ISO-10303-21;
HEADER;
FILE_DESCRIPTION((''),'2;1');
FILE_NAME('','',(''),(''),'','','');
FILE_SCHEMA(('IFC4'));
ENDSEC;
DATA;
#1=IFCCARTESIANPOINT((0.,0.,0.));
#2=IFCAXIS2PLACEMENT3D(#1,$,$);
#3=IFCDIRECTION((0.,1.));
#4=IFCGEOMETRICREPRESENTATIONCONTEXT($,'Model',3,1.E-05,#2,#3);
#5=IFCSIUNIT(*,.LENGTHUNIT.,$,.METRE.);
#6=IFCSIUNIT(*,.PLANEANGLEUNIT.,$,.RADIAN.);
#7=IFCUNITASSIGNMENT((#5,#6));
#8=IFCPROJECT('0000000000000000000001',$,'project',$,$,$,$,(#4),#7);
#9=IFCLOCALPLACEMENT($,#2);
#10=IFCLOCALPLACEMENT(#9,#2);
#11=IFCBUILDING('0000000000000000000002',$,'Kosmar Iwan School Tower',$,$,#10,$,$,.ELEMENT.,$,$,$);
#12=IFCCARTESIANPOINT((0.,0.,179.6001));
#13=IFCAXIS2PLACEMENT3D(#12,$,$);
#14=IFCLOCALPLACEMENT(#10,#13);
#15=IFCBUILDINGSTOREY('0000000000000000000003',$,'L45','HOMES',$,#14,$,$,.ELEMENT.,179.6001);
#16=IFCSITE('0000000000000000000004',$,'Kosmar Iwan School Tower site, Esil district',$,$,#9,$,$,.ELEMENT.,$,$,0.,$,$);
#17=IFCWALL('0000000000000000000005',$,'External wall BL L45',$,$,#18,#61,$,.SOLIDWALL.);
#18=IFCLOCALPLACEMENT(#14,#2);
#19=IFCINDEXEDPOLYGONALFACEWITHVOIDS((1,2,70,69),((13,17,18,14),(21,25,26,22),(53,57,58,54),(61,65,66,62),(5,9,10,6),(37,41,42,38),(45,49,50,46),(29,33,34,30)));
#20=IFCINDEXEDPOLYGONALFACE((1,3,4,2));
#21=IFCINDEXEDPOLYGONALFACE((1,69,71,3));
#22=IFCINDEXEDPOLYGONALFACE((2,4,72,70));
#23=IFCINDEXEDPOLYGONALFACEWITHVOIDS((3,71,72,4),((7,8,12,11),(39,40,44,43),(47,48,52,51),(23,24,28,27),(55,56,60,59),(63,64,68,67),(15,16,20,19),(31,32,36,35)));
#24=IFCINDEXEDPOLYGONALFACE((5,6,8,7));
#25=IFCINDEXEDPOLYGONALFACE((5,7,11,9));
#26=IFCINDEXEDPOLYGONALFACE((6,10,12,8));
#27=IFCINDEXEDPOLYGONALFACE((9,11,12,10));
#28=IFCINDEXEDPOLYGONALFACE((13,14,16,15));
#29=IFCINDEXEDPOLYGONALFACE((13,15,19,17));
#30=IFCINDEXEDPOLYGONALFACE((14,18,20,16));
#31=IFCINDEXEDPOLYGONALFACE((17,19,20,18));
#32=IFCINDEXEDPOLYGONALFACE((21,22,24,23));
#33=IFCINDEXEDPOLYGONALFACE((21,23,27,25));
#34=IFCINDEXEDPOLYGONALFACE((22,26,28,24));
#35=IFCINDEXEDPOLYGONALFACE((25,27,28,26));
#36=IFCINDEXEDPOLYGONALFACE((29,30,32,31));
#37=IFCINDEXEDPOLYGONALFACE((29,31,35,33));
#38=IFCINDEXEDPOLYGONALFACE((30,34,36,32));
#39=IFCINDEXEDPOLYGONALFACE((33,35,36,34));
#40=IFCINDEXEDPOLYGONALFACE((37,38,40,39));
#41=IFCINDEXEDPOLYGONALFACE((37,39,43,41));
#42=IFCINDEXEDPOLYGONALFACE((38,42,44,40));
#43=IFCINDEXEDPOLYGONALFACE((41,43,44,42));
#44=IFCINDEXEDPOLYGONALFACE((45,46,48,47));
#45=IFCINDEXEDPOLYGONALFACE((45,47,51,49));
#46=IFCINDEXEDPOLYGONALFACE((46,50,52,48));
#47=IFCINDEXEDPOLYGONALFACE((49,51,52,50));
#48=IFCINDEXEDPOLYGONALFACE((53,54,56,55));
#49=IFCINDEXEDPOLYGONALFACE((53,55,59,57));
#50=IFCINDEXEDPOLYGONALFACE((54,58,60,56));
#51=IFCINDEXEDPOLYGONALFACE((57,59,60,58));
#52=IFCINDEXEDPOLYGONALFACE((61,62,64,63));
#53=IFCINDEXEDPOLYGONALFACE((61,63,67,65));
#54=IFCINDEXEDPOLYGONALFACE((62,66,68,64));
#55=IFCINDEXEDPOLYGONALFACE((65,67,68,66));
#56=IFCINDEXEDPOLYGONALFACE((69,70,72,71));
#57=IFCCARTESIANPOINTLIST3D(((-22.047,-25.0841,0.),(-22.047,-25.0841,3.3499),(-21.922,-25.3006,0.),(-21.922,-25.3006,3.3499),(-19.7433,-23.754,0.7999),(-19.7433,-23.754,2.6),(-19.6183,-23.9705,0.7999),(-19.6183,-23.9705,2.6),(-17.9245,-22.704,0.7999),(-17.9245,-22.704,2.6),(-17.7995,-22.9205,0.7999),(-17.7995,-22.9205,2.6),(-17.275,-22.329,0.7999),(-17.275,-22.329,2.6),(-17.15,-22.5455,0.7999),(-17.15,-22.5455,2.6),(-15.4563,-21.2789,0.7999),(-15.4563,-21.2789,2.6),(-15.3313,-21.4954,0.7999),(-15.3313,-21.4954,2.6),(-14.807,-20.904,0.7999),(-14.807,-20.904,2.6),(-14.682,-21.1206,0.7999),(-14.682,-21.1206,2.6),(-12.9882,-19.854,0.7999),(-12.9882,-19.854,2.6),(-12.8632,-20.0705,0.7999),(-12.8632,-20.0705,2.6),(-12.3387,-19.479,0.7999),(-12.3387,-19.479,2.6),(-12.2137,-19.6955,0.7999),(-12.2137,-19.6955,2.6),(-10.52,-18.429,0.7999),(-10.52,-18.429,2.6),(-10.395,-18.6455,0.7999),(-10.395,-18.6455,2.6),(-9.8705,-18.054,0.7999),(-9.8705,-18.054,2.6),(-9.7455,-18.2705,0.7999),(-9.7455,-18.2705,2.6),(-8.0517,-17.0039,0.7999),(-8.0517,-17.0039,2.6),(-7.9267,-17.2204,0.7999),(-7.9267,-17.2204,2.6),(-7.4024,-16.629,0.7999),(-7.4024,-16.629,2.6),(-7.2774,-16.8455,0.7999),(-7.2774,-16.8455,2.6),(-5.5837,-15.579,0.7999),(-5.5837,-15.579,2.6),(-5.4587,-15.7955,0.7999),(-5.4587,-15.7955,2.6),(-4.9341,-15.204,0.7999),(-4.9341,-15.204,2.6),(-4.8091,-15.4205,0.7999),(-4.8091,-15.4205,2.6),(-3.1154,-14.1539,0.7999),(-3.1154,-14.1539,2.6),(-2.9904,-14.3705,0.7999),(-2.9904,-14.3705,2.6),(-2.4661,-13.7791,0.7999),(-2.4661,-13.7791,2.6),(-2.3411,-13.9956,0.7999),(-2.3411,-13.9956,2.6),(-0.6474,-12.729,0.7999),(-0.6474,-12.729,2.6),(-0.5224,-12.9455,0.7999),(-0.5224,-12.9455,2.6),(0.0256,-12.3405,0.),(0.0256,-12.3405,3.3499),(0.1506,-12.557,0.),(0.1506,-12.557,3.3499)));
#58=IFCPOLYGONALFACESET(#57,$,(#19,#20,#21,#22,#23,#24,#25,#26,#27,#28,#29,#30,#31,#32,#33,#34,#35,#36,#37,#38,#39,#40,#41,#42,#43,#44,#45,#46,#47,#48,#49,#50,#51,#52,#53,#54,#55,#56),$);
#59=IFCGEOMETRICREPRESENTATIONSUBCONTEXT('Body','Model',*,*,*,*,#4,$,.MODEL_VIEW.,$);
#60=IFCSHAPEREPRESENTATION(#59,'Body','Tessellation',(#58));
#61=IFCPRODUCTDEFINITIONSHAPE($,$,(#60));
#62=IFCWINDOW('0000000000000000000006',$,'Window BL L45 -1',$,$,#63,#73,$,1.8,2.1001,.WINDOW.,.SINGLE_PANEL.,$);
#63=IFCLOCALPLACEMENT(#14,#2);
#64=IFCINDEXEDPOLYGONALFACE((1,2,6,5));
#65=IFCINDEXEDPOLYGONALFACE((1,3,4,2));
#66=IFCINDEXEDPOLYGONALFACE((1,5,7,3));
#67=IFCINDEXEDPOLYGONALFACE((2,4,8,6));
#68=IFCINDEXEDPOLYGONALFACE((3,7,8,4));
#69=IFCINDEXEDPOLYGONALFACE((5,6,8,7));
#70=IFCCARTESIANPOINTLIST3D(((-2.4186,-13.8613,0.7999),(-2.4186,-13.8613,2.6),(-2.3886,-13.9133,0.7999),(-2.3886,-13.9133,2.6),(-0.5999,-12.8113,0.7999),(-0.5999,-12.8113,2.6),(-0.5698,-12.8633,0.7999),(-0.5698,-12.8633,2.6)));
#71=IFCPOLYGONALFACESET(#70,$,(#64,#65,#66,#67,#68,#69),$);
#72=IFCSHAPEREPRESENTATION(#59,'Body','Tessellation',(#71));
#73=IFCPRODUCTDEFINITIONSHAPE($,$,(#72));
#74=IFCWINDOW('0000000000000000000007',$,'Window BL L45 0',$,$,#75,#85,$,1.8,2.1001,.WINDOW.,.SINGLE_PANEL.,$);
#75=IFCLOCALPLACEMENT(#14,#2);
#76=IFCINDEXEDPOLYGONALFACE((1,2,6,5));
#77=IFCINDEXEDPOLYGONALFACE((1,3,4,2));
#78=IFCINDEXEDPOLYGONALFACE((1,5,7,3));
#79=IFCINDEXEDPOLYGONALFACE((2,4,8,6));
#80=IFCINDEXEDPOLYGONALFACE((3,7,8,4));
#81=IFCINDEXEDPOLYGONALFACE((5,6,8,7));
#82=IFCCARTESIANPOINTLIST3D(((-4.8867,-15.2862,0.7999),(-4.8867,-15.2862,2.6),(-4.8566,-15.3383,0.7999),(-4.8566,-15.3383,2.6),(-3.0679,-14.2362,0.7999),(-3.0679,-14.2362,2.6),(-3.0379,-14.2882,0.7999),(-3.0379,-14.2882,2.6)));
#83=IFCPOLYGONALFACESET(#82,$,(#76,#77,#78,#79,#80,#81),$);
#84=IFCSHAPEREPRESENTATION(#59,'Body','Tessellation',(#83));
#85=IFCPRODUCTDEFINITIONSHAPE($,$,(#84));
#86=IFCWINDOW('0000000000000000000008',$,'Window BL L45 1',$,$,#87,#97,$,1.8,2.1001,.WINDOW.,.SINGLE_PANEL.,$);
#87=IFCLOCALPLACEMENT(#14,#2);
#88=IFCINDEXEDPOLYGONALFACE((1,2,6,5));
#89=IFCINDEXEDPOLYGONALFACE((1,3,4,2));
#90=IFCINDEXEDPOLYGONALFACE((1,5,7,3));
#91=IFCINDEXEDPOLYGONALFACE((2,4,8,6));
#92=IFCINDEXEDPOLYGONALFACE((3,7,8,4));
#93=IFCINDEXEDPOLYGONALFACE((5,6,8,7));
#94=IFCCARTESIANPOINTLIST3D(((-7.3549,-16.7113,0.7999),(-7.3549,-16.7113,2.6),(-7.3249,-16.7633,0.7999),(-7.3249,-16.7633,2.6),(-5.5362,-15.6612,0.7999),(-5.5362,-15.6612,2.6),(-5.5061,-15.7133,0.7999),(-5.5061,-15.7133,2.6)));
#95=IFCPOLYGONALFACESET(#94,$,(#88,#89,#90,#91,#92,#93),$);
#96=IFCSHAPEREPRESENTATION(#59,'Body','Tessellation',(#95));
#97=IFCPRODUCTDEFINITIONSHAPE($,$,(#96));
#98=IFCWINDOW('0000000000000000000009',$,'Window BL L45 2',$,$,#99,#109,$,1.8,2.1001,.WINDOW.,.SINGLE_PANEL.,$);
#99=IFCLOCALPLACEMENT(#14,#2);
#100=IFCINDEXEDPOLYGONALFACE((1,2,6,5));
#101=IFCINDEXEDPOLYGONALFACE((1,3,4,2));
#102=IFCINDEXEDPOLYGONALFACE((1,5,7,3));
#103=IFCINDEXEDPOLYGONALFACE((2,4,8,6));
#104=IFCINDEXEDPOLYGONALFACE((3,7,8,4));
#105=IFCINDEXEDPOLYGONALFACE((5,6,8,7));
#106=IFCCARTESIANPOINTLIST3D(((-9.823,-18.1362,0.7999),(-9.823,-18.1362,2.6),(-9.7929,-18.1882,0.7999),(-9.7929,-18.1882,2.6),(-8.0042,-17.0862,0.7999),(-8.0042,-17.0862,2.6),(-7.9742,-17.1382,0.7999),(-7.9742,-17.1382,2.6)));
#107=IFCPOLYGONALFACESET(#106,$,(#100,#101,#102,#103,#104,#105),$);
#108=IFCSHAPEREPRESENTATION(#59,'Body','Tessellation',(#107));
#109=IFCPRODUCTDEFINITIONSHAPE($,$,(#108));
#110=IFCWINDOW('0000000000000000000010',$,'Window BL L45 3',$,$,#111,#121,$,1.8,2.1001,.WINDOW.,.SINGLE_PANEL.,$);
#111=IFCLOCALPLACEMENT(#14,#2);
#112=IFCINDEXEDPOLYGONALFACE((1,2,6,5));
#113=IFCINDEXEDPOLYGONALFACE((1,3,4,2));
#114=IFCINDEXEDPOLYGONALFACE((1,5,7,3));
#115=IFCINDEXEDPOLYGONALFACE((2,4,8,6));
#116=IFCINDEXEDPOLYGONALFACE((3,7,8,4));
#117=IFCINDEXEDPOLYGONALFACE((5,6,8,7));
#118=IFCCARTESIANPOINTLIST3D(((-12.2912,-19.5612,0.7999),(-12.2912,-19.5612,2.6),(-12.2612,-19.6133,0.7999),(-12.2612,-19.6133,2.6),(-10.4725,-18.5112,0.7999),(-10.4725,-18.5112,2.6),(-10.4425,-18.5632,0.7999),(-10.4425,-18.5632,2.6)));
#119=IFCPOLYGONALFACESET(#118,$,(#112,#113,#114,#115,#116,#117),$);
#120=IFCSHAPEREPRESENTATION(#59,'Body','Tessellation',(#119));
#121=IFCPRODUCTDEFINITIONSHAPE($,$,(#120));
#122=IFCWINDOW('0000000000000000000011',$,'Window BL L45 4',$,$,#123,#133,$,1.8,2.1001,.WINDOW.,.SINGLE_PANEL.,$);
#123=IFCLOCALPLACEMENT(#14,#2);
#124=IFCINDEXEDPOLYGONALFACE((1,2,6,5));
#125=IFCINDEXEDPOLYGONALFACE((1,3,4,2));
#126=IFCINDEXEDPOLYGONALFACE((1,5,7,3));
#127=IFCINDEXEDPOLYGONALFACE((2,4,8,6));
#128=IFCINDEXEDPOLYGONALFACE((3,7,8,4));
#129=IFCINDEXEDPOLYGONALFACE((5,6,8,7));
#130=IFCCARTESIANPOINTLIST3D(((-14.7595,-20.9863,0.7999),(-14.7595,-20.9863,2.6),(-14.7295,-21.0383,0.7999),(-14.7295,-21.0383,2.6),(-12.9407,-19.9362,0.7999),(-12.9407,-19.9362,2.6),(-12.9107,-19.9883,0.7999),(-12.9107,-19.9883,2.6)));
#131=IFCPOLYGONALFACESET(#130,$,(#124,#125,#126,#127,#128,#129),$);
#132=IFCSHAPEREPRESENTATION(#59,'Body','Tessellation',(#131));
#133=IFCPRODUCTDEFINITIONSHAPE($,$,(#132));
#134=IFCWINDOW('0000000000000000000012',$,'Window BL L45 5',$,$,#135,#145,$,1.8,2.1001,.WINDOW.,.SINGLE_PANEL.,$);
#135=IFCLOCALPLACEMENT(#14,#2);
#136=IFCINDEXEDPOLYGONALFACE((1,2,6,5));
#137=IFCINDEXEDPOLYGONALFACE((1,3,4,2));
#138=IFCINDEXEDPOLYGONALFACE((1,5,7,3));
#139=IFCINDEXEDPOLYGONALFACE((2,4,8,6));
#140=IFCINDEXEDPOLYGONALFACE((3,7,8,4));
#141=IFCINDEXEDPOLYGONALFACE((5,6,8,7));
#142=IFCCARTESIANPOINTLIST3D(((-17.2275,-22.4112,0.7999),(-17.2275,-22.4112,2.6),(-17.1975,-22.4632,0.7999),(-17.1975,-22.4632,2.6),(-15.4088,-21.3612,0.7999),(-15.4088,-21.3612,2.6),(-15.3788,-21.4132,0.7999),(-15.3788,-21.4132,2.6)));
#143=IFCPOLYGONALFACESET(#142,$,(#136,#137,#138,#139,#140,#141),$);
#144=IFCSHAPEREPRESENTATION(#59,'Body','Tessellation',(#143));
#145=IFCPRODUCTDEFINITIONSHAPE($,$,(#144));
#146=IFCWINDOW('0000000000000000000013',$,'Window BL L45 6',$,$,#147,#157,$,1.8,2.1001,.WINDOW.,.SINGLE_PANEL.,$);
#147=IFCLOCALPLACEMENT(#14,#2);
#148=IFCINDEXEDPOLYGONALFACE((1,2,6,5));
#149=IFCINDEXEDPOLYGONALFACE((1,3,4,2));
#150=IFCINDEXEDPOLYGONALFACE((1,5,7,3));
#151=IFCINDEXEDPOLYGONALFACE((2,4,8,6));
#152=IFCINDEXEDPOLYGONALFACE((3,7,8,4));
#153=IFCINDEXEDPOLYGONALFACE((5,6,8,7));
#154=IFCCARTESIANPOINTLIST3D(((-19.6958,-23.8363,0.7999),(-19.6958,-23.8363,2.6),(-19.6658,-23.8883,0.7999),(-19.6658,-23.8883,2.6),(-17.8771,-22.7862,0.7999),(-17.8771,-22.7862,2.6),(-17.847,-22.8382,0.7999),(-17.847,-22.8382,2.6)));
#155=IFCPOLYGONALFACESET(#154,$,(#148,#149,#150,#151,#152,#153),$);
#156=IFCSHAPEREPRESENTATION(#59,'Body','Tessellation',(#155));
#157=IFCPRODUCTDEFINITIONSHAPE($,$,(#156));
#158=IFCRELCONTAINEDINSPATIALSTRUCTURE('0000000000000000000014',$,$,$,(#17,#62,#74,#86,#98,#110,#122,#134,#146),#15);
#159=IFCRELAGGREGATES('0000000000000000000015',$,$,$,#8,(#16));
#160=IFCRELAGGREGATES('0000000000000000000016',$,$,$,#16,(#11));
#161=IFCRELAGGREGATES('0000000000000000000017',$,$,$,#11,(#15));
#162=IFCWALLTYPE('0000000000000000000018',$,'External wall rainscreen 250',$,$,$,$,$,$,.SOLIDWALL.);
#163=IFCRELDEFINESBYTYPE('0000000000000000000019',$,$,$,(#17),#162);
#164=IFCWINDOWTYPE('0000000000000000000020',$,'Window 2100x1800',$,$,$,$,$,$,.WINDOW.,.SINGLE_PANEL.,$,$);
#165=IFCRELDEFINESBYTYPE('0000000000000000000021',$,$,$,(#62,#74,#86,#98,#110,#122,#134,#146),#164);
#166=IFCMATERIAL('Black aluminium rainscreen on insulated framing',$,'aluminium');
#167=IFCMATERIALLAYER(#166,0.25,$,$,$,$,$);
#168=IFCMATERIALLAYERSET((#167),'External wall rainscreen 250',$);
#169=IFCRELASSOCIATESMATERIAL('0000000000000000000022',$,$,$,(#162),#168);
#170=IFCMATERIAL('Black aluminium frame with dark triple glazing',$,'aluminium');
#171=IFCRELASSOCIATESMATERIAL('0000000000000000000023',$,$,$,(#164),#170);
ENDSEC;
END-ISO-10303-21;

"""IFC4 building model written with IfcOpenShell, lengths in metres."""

from ifc_helpers import new_model, si_unit, direction, frame, frame_2d, origin, place, context, subcontext, project, spatial, rectangle, extrude, material, layer, layer_set, type_object, element, fill, save


model = new_model("IFC4")

# Units and contexts
model_context = context("Model", 3, precision=1e-05, world=origin(), true_north=direction((0.0, 1.0)))
body_context = subcontext(model_context, "Body", "Model", "MODEL_VIEW")
ifc_project = project(units=[si_unit("LENGTHUNIT", "METRE"), si_unit("PLANEANGLEUNIT", "RADIAN")], contexts=[model_context])

# Site, building, storey
site_placement = place(None, origin())
site = spatial("IfcSite", under=ifc_project, at=site_placement, Name="Kosmar Iwan School Tower site, Esil district", CompositionType="ELEMENT", RefElevation=0.0)
building_placement = place(site_placement, origin())
building = spatial("IfcBuilding", under=site, at=building_placement, Name="Kosmar Iwan School Tower", CompositionType="ELEMENT")
storey_placement = place(building_placement, frame((0.0, 0.0, 179.6001)))
storey = spatial("IfcBuildingStorey", under=building, at=storey_placement, Name="L45", Description="HOMES", CompositionType="ELEMENT", Elevation=179.6001)

# Wall, openings, windows
ifc_material_1 = material(Name="Black aluminium rainscreen on insulated framing", Category="aluminium")
ifc_layer_1 = layer(ifc_material_1, 0.25)
ifc_layer_set_1 = layer_set([ifc_layer_1], Name="External wall rainscreen 250")
wall_type_1 = type_object("IfcWallType", Name="External wall rainscreen 250", PredefinedType="SOLIDWALL", material=ifc_layer_set_1)
wall_1_placement = place(storey_placement, frame((0.0881, -12.4487, 0.0), z_axis=(0.0, 0.0, 1.0), x_axis=(-0.866026, -0.499998, 0.0)))
wall_1 = element("IfcWall", 1, at=wall_1_placement, inside=storey, type_object=wall_type_1, Name="External wall BL L45", PredefinedType="SOLIDWALL", context=body_context, shape_type="SweptSolid", body=[
    extrude(rectangle(XDim=25.4873, YDim=0.25, at=frame_2d((12.7437, 0.0))), origin(), (0.0, 0.0, 1.0), 3.3499),
])
opening_1_placement = place(wall_1_placement, frame((0.7771, 0.0, 0.8)))
opening_1 = element("IfcOpeningElement", 2, at=opening_1_placement, cuts=wall_1, PredefinedType="OPENING", context=body_context, shape_type="SweptSolid", body=[
    extrude(rectangle(XDim=2.1001, YDim=1.8, at=frame_2d((1.05, 0.8999))), frame((0.0, 0.137, 0.0), z_axis=(0.0, -1.0, 0.0), x_axis=(1.0, 0.0, 0.0)), (0.0, 0.0, 1.0), 0.2739),
])
opening_2_placement = place(wall_1_placement, frame((3.627, 0.0, 0.8)))
opening_2 = element("IfcOpeningElement", 3, at=opening_2_placement, cuts=wall_1, PredefinedType="OPENING", context=body_context, shape_type="SweptSolid", body=[
    extrude(rectangle(XDim=2.1001, YDim=1.8, at=frame_2d((1.05, 0.8999))), frame((0.0, 0.137, 0.0), z_axis=(0.0, -1.0, 0.0), x_axis=(1.0, 0.0, 0.0)), (0.0, 0.0, 1.0), 0.2739),
])
opening_3_placement = place(wall_1_placement, frame((6.4771, 0.0, 0.8)))
opening_3 = element("IfcOpeningElement", 4, at=opening_3_placement, cuts=wall_1, PredefinedType="OPENING", context=body_context, shape_type="SweptSolid", body=[
    extrude(rectangle(XDim=2.1001, YDim=1.8, at=frame_2d((1.05, 0.8999))), frame((0.0, 0.137, 0.0), z_axis=(0.0, -1.0, 0.0), x_axis=(1.0, 0.0, 0.0)), (0.0, 0.0, 1.0), 0.2739),
])
opening_4_placement = place(wall_1_placement, frame((9.3269, 0.0, 0.8)))
opening_4 = element("IfcOpeningElement", 5, at=opening_4_placement, cuts=wall_1, PredefinedType="OPENING", context=body_context, shape_type="SweptSolid", body=[
    extrude(rectangle(XDim=2.1001, YDim=1.8, at=frame_2d((1.05, 0.8999))), frame((0.0, 0.137, 0.0), z_axis=(0.0, -1.0, 0.0), x_axis=(1.0, 0.0, 0.0)), (0.0, 0.0, 1.0), 0.2739),
])
opening_5_placement = place(wall_1_placement, frame((12.177, 0.0, 0.8)))
opening_5 = element("IfcOpeningElement", 6, at=opening_5_placement, cuts=wall_1, PredefinedType="OPENING", context=body_context, shape_type="SweptSolid", body=[
    extrude(rectangle(XDim=2.1001, YDim=1.8, at=frame_2d((1.05, 0.8999))), frame((0.0, 0.137, 0.0), z_axis=(0.0, -1.0, 0.0), x_axis=(1.0, 0.0, 0.0)), (0.0, 0.0, 1.0), 0.2739),
])
opening_6_placement = place(wall_1_placement, frame((15.0271, 0.0, 0.8)))
opening_6 = element("IfcOpeningElement", 7, at=opening_6_placement, cuts=wall_1, PredefinedType="OPENING", context=body_context, shape_type="SweptSolid", body=[
    extrude(rectangle(XDim=2.1001, YDim=1.8, at=frame_2d((1.05, 0.8999))), frame((0.0, 0.137, 0.0), z_axis=(0.0, -1.0, 0.0), x_axis=(1.0, 0.0, 0.0)), (0.0, 0.0, 1.0), 0.2739),
])
opening_7_placement = place(wall_1_placement, frame((17.877, 0.0, 0.8)))
opening_7 = element("IfcOpeningElement", 8, at=opening_7_placement, cuts=wall_1, PredefinedType="OPENING", context=body_context, shape_type="SweptSolid", body=[
    extrude(rectangle(XDim=2.1001, YDim=1.8, at=frame_2d((1.05, 0.8999))), frame((0.0, 0.137, 0.0), z_axis=(0.0, -1.0, 0.0), x_axis=(1.0, 0.0, 0.0)), (0.0, 0.0, 1.0), 0.2739),
])
opening_8_placement = place(wall_1_placement, frame((20.7271, 0.0, 0.8)))
opening_8 = element("IfcOpeningElement", 9, at=opening_8_placement, cuts=wall_1, PredefinedType="OPENING", context=body_context, shape_type="SweptSolid", body=[
    extrude(rectangle(XDim=2.1001, YDim=1.8, at=frame_2d((1.05, 0.8999))), frame((0.0, 0.137, 0.0), z_axis=(0.0, -1.0, 0.0), x_axis=(1.0, 0.0, 0.0)), (0.0, 0.0, 1.0), 0.2739),
])
ifc_material_2 = material(Name="Black aluminium frame with dark triple glazing", Category="aluminium")
window_type = type_object("IfcWindowType", Name="Window 2100x1800", PartitioningType="SINGLE_PANEL", PredefinedType="WINDOW", material=ifc_material_2)
window_1_placement = place(opening_1_placement, origin())
window_1 = element("IfcWindow", 10, at=window_1_placement, inside=storey, type_object=window_type, Name="Window BL L45 -1", OverallHeight=1.8, OverallWidth=2.1001, PartitioningType="SINGLE_PANEL", PredefinedType="WINDOW", context=body_context, shape_type="SweptSolid", body=[
    extrude(rectangle(XDim=2.1001, YDim=1.8, at=frame_2d((1.05, 0.8999))), frame((0.0, 0.03, 0.0), z_axis=(0.0, -1.0, 0.0), x_axis=(1.0, 0.0, 0.0)), (0.0, 0.0, 1.0), 0.0601),
])
fill(opening_1, window_1)
window_2_placement = place(opening_2_placement, origin())
window_2 = element("IfcWindow", 11, at=window_2_placement, inside=storey, type_object=window_type, Name="Window BL L45 0", OverallHeight=1.8, OverallWidth=2.1001, PartitioningType="SINGLE_PANEL", PredefinedType="WINDOW", context=body_context, shape_type="SweptSolid", body=[
    extrude(rectangle(XDim=2.1001, YDim=1.8, at=frame_2d((1.05, 0.8999))), frame((0.0, 0.03, 0.0), z_axis=(0.0, -1.0, 0.0), x_axis=(1.0, 0.0, 0.0)), (0.0, 0.0, 1.0), 0.0601),
])
fill(opening_2, window_2)
window_3_placement = place(opening_3_placement, origin())
window_3 = element("IfcWindow", 12, at=window_3_placement, inside=storey, type_object=window_type, Name="Window BL L45 1", OverallHeight=1.8, OverallWidth=2.1001, PartitioningType="SINGLE_PANEL", PredefinedType="WINDOW", context=body_context, shape_type="SweptSolid", body=[
    extrude(rectangle(XDim=2.1001, YDim=1.8, at=frame_2d((1.05, 0.8999))), frame((0.0, 0.03, 0.0), z_axis=(0.0, -1.0, 0.0), x_axis=(1.0, 0.0, 0.0)), (0.0, 0.0, 1.0), 0.0601),
])
fill(opening_3, window_3)
window_4_placement = place(opening_4_placement, origin())
window_4 = element("IfcWindow", 13, at=window_4_placement, inside=storey, type_object=window_type, Name="Window BL L45 2", OverallHeight=1.8, OverallWidth=2.1001, PartitioningType="SINGLE_PANEL", PredefinedType="WINDOW", context=body_context, shape_type="SweptSolid", body=[
    extrude(rectangle(XDim=2.1001, YDim=1.8, at=frame_2d((1.05, 0.8999))), frame((0.0, 0.03, 0.0), z_axis=(0.0, -1.0, 0.0), x_axis=(1.0, 0.0, 0.0)), (0.0, 0.0, 1.0), 0.0601),
])
fill(opening_4, window_4)
window_5_placement = place(opening_5_placement, origin())
window_5 = element("IfcWindow", 14, at=window_5_placement, inside=storey, type_object=window_type, Name="Window BL L45 3", OverallHeight=1.8, OverallWidth=2.1001, PartitioningType="SINGLE_PANEL", PredefinedType="WINDOW", context=body_context, shape_type="SweptSolid", body=[
    extrude(rectangle(XDim=2.1001, YDim=1.8, at=frame_2d((1.05, 0.8999))), frame((0.0, 0.03, 0.0), z_axis=(0.0, -1.0, 0.0), x_axis=(1.0, 0.0, 0.0)), (0.0, 0.0, 1.0), 0.0601),
])
fill(opening_5, window_5)
window_6_placement = place(opening_6_placement, origin())
window_6 = element("IfcWindow", 15, at=window_6_placement, inside=storey, type_object=window_type, Name="Window BL L45 4", OverallHeight=1.8, OverallWidth=2.1001, PartitioningType="SINGLE_PANEL", PredefinedType="WINDOW", context=body_context, shape_type="SweptSolid", body=[
    extrude(rectangle(XDim=2.1001, YDim=1.8, at=frame_2d((1.05, 0.8999))), frame((0.0, 0.03, 0.0), z_axis=(0.0, -1.0, 0.0), x_axis=(1.0, 0.0, 0.0)), (0.0, 0.0, 1.0), 0.0601),
])
fill(opening_6, window_6)
window_7_placement = place(opening_7_placement, origin())
window_7 = element("IfcWindow", 16, at=window_7_placement, inside=storey, type_object=window_type, Name="Window BL L45 5", OverallHeight=1.8, OverallWidth=2.1001, PartitioningType="SINGLE_PANEL", PredefinedType="WINDOW", context=body_context, shape_type="SweptSolid", body=[
    extrude(rectangle(XDim=2.1001, YDim=1.8, at=frame_2d((1.05, 0.8999))), frame((0.0, 0.03, 0.0), z_axis=(0.0, -1.0, 0.0), x_axis=(1.0, 0.0, 0.0)), (0.0, 0.0, 1.0), 0.0601),
])
fill(opening_7, window_7)
window_8_placement = place(opening_8_placement, origin())
window_8 = element("IfcWindow", 17, at=window_8_placement, inside=storey, type_object=window_type, Name="Window BL L45 6", OverallHeight=1.8, OverallWidth=2.1001, PartitioningType="SINGLE_PANEL", PredefinedType="WINDOW", context=body_context, shape_type="SweptSolid", body=[
    extrude(rectangle(XDim=2.1001, YDim=1.8, at=frame_2d((1.05, 0.8999))), frame((0.0, 0.03, 0.0), z_axis=(0.0, -1.0, 0.0), x_axis=(1.0, 0.0, 0.0)), (0.0, 0.0, 1.0), 0.0601),
])
fill(opening_8, window_8)

save(model, "model.ifc")
